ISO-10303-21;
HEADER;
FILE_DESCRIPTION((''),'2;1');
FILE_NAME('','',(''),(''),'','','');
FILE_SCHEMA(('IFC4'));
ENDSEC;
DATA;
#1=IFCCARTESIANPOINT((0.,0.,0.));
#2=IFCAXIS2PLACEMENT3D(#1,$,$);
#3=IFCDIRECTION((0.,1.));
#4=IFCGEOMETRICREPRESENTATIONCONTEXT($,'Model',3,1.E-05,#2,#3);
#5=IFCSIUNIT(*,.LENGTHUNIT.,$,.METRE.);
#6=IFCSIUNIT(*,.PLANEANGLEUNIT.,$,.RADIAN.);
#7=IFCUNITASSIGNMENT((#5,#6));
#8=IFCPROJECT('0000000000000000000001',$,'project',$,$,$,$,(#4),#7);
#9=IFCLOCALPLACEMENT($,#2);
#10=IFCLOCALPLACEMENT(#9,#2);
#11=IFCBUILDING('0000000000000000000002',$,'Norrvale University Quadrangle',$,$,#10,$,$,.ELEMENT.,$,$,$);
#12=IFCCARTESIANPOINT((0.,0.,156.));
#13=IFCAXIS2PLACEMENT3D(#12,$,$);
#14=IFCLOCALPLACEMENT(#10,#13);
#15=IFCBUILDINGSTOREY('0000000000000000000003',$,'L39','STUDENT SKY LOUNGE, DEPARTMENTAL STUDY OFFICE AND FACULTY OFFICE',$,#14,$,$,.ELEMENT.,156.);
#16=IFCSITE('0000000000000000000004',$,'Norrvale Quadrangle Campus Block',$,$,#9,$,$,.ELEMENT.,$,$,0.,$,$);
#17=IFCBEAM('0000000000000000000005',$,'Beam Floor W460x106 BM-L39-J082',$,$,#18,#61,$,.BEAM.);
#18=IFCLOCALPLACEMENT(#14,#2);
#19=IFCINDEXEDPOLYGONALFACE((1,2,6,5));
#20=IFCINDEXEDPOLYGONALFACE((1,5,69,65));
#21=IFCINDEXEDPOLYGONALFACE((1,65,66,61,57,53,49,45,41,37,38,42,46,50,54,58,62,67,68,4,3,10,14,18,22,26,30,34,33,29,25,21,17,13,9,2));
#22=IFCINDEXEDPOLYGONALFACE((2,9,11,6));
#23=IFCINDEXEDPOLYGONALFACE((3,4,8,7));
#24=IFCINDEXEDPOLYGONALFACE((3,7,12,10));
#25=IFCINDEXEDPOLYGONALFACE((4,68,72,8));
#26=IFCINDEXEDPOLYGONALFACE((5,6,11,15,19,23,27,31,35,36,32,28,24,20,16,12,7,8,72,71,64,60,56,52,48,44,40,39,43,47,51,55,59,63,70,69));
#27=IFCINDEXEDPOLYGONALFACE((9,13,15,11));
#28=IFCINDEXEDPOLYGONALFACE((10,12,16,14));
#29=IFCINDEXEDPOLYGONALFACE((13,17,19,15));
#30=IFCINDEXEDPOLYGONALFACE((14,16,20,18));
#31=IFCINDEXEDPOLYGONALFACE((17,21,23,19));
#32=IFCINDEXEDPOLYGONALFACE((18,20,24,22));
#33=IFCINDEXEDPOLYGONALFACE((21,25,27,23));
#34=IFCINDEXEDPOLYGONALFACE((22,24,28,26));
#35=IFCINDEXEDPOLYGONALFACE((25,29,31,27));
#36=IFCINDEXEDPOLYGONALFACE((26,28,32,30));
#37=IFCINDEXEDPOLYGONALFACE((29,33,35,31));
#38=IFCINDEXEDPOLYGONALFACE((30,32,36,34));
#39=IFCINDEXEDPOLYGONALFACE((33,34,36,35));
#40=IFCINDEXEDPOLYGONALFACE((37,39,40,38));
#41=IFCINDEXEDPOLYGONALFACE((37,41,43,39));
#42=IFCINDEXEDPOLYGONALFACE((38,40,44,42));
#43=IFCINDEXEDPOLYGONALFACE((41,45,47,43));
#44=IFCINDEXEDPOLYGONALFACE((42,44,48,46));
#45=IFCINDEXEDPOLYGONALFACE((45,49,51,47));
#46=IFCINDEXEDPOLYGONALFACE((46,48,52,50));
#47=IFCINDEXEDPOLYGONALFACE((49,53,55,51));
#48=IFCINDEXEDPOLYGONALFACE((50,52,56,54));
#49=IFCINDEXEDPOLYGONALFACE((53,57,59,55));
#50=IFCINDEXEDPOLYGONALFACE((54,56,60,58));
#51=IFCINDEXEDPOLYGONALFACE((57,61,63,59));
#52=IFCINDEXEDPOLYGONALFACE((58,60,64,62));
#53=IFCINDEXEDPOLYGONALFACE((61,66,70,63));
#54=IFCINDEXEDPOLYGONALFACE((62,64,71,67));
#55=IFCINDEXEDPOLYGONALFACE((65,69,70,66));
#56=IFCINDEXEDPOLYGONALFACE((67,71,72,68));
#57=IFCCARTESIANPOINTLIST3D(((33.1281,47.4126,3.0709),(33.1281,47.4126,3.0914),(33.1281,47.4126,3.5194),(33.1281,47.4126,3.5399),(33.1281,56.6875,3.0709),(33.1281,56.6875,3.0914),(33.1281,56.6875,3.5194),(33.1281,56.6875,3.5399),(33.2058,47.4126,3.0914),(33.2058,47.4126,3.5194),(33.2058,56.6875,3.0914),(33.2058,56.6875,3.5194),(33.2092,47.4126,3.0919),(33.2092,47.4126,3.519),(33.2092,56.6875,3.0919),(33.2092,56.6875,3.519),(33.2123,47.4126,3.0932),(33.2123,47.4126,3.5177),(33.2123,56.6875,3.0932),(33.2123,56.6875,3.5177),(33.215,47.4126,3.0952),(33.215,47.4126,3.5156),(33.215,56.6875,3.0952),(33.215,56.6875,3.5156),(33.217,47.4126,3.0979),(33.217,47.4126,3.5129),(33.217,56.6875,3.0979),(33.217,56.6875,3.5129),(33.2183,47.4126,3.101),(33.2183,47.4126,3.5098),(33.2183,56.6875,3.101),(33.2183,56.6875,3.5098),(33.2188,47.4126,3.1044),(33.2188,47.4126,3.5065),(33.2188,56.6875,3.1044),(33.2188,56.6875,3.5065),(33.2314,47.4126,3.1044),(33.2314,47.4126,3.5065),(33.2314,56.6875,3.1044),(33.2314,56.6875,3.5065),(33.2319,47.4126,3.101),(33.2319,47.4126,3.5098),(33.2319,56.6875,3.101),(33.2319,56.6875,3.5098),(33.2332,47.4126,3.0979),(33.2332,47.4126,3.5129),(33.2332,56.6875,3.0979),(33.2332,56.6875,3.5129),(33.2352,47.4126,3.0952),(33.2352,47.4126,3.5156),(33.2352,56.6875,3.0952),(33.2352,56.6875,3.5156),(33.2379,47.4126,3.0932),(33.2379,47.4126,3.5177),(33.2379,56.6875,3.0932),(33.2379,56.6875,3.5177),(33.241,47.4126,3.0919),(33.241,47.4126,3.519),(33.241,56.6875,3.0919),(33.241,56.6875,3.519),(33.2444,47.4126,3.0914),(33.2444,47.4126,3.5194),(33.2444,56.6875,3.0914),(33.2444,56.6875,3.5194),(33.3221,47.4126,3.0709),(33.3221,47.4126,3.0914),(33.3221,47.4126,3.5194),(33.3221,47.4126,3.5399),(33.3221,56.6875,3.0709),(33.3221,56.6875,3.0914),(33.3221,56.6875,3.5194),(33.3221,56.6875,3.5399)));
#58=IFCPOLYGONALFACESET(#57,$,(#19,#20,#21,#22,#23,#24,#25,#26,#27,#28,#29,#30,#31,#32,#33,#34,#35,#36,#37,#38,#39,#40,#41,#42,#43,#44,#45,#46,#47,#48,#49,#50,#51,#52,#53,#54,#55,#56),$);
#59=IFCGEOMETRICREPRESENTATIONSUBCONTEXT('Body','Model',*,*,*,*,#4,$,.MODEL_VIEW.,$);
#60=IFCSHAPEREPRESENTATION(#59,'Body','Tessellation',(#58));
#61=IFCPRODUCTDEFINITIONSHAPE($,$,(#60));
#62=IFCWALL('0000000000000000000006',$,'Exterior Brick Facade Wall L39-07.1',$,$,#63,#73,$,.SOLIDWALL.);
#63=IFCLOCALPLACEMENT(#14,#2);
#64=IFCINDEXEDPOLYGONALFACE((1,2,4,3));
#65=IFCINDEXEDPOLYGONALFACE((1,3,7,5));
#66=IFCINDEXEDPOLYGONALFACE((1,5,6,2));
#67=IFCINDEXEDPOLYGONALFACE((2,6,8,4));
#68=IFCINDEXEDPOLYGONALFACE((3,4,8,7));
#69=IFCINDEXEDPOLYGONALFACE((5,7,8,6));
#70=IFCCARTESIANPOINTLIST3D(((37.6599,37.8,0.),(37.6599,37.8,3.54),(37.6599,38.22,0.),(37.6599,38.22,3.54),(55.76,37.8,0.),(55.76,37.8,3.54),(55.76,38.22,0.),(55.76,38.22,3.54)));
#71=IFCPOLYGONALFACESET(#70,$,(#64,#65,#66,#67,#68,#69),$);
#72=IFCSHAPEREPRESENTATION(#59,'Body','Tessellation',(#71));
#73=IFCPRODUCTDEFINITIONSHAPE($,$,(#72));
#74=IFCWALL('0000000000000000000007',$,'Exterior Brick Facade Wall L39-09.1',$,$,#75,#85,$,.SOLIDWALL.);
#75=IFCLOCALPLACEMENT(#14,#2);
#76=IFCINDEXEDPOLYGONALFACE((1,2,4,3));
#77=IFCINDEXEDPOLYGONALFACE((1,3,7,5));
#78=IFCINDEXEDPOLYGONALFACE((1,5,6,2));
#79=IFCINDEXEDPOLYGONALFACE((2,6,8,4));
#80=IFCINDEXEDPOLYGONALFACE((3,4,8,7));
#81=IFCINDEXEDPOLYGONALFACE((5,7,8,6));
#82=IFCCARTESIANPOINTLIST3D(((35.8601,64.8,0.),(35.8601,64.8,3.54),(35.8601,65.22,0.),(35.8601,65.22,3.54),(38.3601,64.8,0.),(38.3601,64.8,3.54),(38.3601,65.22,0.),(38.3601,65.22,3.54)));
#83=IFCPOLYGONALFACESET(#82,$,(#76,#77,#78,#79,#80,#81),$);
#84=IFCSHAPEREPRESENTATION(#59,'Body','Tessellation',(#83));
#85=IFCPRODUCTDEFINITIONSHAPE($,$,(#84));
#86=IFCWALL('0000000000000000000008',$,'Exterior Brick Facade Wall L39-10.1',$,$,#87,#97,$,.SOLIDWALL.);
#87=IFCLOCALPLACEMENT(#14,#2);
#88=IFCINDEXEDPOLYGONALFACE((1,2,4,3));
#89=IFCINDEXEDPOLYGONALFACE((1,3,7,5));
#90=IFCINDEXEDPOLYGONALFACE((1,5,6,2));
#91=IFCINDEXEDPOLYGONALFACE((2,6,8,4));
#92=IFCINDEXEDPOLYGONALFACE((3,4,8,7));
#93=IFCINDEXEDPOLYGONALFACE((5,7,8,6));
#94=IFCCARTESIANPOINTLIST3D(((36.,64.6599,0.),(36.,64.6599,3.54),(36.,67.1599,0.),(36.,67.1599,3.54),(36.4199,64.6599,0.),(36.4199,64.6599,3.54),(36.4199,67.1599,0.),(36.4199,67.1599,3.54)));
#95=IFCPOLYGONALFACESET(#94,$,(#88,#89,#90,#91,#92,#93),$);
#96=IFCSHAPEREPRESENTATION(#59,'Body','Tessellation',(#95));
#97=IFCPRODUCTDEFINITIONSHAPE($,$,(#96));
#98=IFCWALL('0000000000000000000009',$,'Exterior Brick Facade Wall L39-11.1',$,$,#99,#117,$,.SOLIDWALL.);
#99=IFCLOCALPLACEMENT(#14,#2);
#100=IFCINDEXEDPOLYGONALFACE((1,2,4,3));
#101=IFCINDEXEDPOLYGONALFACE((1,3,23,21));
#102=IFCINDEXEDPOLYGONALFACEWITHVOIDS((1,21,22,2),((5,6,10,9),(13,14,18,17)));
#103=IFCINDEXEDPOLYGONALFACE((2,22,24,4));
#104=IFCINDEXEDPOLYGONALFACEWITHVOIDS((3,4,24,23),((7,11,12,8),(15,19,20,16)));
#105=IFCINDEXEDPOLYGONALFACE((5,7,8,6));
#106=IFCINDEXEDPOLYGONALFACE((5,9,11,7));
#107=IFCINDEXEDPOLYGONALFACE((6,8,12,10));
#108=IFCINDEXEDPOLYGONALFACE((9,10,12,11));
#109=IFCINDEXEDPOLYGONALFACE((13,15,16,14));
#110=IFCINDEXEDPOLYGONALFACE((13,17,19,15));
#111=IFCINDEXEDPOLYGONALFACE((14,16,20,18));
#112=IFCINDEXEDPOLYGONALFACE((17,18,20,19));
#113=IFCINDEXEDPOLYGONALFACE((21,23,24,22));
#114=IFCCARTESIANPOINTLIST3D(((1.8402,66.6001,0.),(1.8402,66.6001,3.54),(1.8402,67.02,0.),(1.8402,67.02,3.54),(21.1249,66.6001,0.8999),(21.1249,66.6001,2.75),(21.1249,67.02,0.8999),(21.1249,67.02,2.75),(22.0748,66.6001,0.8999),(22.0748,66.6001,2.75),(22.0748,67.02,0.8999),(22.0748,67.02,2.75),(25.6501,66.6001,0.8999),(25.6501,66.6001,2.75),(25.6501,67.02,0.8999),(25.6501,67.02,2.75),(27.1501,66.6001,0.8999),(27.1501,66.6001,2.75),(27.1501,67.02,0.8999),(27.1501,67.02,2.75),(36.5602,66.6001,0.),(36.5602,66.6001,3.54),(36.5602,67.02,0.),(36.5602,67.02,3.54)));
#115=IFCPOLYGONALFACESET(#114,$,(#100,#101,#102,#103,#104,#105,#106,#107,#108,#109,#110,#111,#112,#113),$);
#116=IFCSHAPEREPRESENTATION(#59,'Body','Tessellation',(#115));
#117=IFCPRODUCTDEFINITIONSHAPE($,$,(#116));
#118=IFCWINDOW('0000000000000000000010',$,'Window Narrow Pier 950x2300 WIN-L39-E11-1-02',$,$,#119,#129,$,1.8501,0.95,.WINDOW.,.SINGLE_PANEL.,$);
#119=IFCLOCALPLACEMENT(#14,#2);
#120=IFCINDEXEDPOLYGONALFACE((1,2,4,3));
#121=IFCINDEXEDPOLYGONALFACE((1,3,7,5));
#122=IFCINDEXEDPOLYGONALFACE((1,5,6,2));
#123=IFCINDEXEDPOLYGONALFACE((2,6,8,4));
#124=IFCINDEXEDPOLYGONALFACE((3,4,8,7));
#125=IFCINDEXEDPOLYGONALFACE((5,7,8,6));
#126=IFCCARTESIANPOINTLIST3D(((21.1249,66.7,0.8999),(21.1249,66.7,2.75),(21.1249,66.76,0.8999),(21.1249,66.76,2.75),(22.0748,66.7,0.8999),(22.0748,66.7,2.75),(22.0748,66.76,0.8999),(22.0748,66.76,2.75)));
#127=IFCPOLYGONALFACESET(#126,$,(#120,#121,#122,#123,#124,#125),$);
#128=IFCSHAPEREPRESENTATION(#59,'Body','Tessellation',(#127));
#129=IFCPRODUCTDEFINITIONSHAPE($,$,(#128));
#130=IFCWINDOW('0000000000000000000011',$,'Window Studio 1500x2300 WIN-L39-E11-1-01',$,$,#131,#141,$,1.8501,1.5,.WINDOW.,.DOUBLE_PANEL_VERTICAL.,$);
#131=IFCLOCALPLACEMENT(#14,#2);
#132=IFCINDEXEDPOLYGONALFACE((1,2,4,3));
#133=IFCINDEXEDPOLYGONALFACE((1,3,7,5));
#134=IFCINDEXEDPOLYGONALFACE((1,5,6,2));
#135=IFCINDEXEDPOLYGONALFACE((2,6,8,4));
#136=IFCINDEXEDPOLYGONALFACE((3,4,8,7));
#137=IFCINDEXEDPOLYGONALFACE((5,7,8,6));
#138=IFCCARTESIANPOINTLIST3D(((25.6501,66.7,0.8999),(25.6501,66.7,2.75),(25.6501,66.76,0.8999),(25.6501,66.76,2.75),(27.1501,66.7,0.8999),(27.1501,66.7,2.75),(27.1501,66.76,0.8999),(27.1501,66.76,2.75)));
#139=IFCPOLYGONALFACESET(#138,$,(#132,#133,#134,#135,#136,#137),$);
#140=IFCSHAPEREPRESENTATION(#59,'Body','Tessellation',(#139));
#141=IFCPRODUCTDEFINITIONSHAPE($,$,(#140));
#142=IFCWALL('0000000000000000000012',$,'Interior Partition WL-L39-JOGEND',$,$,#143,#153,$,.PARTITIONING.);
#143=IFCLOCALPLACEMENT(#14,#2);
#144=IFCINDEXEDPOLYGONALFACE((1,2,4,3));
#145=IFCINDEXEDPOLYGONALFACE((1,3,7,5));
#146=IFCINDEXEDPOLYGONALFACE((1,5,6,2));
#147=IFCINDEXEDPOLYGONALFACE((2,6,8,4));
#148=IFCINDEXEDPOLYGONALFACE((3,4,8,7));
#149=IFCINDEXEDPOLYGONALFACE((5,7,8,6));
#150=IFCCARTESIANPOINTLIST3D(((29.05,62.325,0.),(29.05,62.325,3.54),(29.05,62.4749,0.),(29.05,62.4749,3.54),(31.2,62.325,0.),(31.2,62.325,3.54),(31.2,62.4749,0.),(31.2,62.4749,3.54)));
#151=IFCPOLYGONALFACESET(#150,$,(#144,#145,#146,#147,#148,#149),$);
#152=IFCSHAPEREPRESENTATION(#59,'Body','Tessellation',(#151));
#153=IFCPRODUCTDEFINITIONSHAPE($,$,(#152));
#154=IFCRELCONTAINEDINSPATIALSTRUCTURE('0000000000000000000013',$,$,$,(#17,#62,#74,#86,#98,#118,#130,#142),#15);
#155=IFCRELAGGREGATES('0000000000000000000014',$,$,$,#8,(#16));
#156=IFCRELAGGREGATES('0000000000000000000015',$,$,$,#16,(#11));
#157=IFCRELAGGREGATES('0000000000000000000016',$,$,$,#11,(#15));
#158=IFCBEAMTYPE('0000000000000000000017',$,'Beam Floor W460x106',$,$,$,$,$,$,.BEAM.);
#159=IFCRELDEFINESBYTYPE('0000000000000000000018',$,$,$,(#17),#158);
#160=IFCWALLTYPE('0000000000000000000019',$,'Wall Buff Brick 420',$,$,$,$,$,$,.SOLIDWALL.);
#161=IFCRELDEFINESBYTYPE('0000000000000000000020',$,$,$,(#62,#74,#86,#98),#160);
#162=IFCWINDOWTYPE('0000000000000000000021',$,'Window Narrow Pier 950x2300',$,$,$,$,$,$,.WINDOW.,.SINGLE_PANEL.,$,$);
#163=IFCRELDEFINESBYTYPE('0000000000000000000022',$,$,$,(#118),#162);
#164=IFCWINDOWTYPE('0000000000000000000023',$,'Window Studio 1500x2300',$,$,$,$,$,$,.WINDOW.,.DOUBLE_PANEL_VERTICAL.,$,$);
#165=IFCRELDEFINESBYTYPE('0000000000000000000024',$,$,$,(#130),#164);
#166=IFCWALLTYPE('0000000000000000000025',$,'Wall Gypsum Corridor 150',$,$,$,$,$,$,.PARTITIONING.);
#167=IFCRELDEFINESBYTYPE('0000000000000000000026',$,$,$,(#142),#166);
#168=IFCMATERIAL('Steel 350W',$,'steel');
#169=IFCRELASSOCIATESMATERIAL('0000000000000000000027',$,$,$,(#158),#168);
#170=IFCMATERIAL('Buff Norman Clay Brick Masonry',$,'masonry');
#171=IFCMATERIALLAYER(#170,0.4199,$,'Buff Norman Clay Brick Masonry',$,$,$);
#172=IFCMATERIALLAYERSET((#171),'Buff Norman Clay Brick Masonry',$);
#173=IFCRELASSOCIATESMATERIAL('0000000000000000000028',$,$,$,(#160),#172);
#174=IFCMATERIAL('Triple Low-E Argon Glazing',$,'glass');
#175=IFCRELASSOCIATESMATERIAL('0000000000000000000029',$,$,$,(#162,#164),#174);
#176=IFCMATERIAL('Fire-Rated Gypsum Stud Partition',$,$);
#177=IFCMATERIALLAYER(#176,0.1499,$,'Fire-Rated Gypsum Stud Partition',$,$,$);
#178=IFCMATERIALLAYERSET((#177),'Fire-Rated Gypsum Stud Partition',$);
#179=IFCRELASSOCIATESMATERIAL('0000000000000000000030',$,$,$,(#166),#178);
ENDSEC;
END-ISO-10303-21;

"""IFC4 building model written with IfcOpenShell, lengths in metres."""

from ifc_helpers import new_model, si_unit, direction, frame, frame_2d, origin, origin_2d, place, context, subcontext, project, spatial, rectangle, i_section, extrude, material, layer, layer_set, material_profile, profile_set, type_object, element, fill, save


model = new_model("IFC4")

# Units and contexts
model_context = context("Model", 3, precision=1e-05, world=origin(), true_north=direction((0.0, 1.0)))
body_context = subcontext(model_context, "Body", "Model", "MODEL_VIEW")
ifc_project = project(units=[si_unit("LENGTHUNIT", "METRE"), si_unit("PLANEANGLEUNIT", "RADIAN")], contexts=[model_context])

# Site, building, storey
site_placement = place(None, origin())
site = spatial("IfcSite", under=ifc_project, at=site_placement, Name="Norrvale Quadrangle Campus Block", CompositionType="ELEMENT", RefElevation=0.0)
building_placement = place(site_placement, origin())
building = spatial("IfcBuilding", under=site, at=building_placement, Name="Norrvale University Quadrangle", CompositionType="ELEMENT")
storey_placement = place(building_placement, frame((0.0, 0.0, 156.0)))
storey = spatial("IfcBuildingStorey", under=building, at=storey_placement, Name="L39", Description="STUDENT SKY LOUNGE, DEPARTMENTAL STUDY OFFICE AND FACULTY OFFICE", CompositionType="ELEMENT", Elevation=156.0)

# Beam
ifc_material_1 = material(Name="Steel 350W", Category="steel")
ifc_material_profile_1 = material_profile(ifc_material_1, i_section(OverallWidth=0.1941, OverallDepth=0.469, WebThickness=0.0127, FlangeThickness=0.0205, FilletRadius=0.0129, at=origin_2d()), Name="Steel 350W")
ifc_profile_set_1 = profile_set([ifc_material_profile_1], Name="Steel 350W")
beam_type_1 = type_object("IfcBeamType", Name="Beam Floor W460x106", PredefinedType="BEAM", material=ifc_profile_set_1)
for number, where, z_axis, x_axis, name in (
    (1, (33.2251, 47.4126, 3.3054), (0.0, 1.0, 0.0), (-1.0, 0.0, 0.0), "Beam Floor W460x106 BM-L39-J082"),
):
    element("IfcBeam", number, at=place(storey_placement, frame(where, z_axis=z_axis, x_axis=x_axis)), inside=storey, type_object=beam_type_1, Name=name, PredefinedType="BEAM", context=body_context, shape_type="SweptSolid", body=[
        extrude(i_section(OverallWidth=0.1941, OverallDepth=0.469, WebThickness=0.0127, FlangeThickness=0.0205, FilletRadius=0.0129, at=origin_2d()), origin(), (0.0, 0.0, 1.0), 9.2749),
    ])

# Walls
ifc_material_2 = material(Name="Buff Norman Clay Brick Masonry", Category="masonry")
ifc_layer_1 = layer(ifc_material_2, 0.4199, Name="Buff Norman Clay Brick Masonry")
ifc_layer_set_1 = layer_set([ifc_layer_1], Name="Buff Norman Clay Brick Masonry")
wall_type_1 = type_object("IfcWallType", Name="Wall Buff Brick 420", PredefinedType="SOLIDWALL", material=ifc_layer_set_1)
wall_1_placement = place(storey_placement, frame((55.76, 38.01, 0.0), z_axis=(0.0, 0.0, 1.0), x_axis=(-1.0, 0.0, 0.0)))
element("IfcWall", 2, at=wall_1_placement, inside=storey, type_object=wall_type_1, Name="Exterior Brick Facade Wall L39-07.1", PredefinedType="SOLIDWALL", context=body_context, shape_type="SweptSolid", body=[
    extrude(rectangle(XDim=18.1001, YDim=0.4199, at=frame_2d((9.05, 0.0))), origin(), (0.0, 0.0, 1.0), 3.54),
])
for number, where, z_axis, x_axis, name in (
    (3, (38.3601, 65.01, 0.0), (0.0, 0.0, 1.0), (-1.0, 0.0, 0.0), "Exterior Brick Facade Wall L39-09.1"),
    (4, (36.21, 64.6599, 0.0), (0.0, 0.0, 1.0), (0.0, 1.0, 0.0), "Exterior Brick Facade Wall L39-10.1"),
):
    element("IfcWall", number, at=place(storey_placement, frame(where, z_axis=z_axis, x_axis=x_axis)), inside=storey, type_object=wall_type_1, Name=name, PredefinedType="SOLIDWALL", context=body_context, shape_type="SweptSolid", body=[
        extrude(rectangle(XDim=2.5, YDim=0.4199, at=frame_2d((1.25, 0.0))), origin(), (0.0, 0.0, 1.0), 3.54),
    ])

# Wall, openings, windows
wall_2_placement = place(storey_placement, frame((36.5601, 66.8101, 0.0), z_axis=(0.0, 0.0, 1.0), x_axis=(-1.0, 0.0, 0.0)))
wall_2 = element("IfcWall", 5, at=wall_2_placement, inside=storey, type_object=wall_type_1, Name="Exterior Brick Facade Wall L39-11.1", PredefinedType="SOLIDWALL", context=body_context, shape_type="SweptSolid", body=[
    extrude(rectangle(XDim=34.72, YDim=0.4199, at=frame_2d((17.3599, 0.0))), origin(), (0.0, 0.0, 1.0), 3.54),
])
opening_1_placement = place(wall_2_placement, frame((9.4099, 0.0, 0.8999)))
opening_1 = element("IfcOpeningElement", 6, at=opening_1_placement, cuts=wall_2, PredefinedType="OPENING", context=body_context, shape_type="SweptSolid", body=[
    extrude(rectangle(XDim=1.5, YDim=1.8501, at=frame_2d((0.75, 0.925))), frame((0.0, 0.2219, 0.0), z_axis=(0.0, -1.0, 0.0), x_axis=(1.0, 0.0, 0.0)), (0.0, 0.0, 1.0), 0.4438),
])
opening_2_placement = place(wall_2_placement, frame((14.4851, 0.0, 0.8999)))
opening_2 = element("IfcOpeningElement", 7, at=opening_2_placement, cuts=wall_2, PredefinedType="OPENING", context=body_context, shape_type="SweptSolid", body=[
    extrude(rectangle(XDim=0.95, YDim=1.8501, at=frame_2d((0.4751, 0.925))), frame((0.0, 0.2219, 0.0), z_axis=(0.0, -1.0, 0.0), x_axis=(1.0, 0.0, 0.0)), (0.0, 0.0, 1.0), 0.4438),
])
ifc_material_3 = material(Name="Triple Low-E Argon Glazing", Category="glass")
window_type_1 = type_object("IfcWindowType", Name="Window Narrow Pier 950x2300", PartitioningType="SINGLE_PANEL", PredefinedType="WINDOW", material=ifc_material_3)
window_1_placement = place(opening_2_placement, origin())
window_1 = element("IfcWindow", 8, at=window_1_placement, inside=storey, type_object=window_type_1, Name="Window Narrow Pier 950x2300 WIN-L39-E11-1-02", OverallHeight=1.8501, OverallWidth=0.95, PartitioningType="SINGLE_PANEL", PredefinedType="WINDOW", context=body_context, shape_type="SweptSolid", body=[
    extrude(rectangle(XDim=0.95, YDim=1.8501, at=frame_2d((0.4751, 0.925))), frame((0.0, 0.1101, 0.0), z_axis=(0.0, -1.0, 0.0), x_axis=(1.0, 0.0, 0.0)), (0.0, 0.0, 1.0), 0.0601),
])
fill(opening_2, window_1)
window_type_2 = type_object("IfcWindowType", Name="Window Studio 1500x2300", PartitioningType="DOUBLE_PANEL_VERTICAL", PredefinedType="WINDOW", material=ifc_material_3)
window_2_placement = place(opening_1_placement, origin())
window_2 = element("IfcWindow", 9, at=window_2_placement, inside=storey, type_object=window_type_2, Name="Window Studio 1500x2300 WIN-L39-E11-1-01", OverallHeight=1.8501, OverallWidth=1.5, PartitioningType="DOUBLE_PANEL_VERTICAL", PredefinedType="WINDOW", context=body_context, shape_type="SweptSolid", body=[
    extrude(rectangle(XDim=1.5, YDim=1.8501, at=frame_2d((0.75, 0.925))), frame((0.0, 0.1101, 0.0), z_axis=(0.0, -1.0, 0.0), x_axis=(1.0, 0.0, 0.0)), (0.0, 0.0, 1.0), 0.0601),
])
fill(opening_1, window_2)

# Wall
ifc_material_4 = material(Name="Fire-Rated Gypsum Stud Partition")
ifc_layer_2 = layer(ifc_material_4, 0.1499, Name="Fire-Rated Gypsum Stud Partition")
ifc_layer_set_2 = layer_set([ifc_layer_2], Name="Fire-Rated Gypsum Stud Partition")
wall_type_2 = type_object("IfcWallType", Name="Wall Gypsum Corridor 150", PredefinedType="PARTITIONING", material=ifc_layer_set_2)
wall_3_placement = place(storey_placement, frame((29.05, 62.3999, 0.0), z_axis=(0.0, 0.0, 1.0), x_axis=(1.0, 0.0, 0.0)))
element("IfcWall", 10, at=wall_3_placement, inside=storey, type_object=wall_type_2, Name="Interior Partition WL-L39-JOGEND", PredefinedType="PARTITIONING", context=body_context, shape_type="SweptSolid", body=[
    extrude(rectangle(XDim=2.1499, YDim=0.1499, at=frame_2d((1.075, 0.0))), origin(), (0.0, 0.0, 1.0), 3.54),
])

save(model, "model.ifc")
